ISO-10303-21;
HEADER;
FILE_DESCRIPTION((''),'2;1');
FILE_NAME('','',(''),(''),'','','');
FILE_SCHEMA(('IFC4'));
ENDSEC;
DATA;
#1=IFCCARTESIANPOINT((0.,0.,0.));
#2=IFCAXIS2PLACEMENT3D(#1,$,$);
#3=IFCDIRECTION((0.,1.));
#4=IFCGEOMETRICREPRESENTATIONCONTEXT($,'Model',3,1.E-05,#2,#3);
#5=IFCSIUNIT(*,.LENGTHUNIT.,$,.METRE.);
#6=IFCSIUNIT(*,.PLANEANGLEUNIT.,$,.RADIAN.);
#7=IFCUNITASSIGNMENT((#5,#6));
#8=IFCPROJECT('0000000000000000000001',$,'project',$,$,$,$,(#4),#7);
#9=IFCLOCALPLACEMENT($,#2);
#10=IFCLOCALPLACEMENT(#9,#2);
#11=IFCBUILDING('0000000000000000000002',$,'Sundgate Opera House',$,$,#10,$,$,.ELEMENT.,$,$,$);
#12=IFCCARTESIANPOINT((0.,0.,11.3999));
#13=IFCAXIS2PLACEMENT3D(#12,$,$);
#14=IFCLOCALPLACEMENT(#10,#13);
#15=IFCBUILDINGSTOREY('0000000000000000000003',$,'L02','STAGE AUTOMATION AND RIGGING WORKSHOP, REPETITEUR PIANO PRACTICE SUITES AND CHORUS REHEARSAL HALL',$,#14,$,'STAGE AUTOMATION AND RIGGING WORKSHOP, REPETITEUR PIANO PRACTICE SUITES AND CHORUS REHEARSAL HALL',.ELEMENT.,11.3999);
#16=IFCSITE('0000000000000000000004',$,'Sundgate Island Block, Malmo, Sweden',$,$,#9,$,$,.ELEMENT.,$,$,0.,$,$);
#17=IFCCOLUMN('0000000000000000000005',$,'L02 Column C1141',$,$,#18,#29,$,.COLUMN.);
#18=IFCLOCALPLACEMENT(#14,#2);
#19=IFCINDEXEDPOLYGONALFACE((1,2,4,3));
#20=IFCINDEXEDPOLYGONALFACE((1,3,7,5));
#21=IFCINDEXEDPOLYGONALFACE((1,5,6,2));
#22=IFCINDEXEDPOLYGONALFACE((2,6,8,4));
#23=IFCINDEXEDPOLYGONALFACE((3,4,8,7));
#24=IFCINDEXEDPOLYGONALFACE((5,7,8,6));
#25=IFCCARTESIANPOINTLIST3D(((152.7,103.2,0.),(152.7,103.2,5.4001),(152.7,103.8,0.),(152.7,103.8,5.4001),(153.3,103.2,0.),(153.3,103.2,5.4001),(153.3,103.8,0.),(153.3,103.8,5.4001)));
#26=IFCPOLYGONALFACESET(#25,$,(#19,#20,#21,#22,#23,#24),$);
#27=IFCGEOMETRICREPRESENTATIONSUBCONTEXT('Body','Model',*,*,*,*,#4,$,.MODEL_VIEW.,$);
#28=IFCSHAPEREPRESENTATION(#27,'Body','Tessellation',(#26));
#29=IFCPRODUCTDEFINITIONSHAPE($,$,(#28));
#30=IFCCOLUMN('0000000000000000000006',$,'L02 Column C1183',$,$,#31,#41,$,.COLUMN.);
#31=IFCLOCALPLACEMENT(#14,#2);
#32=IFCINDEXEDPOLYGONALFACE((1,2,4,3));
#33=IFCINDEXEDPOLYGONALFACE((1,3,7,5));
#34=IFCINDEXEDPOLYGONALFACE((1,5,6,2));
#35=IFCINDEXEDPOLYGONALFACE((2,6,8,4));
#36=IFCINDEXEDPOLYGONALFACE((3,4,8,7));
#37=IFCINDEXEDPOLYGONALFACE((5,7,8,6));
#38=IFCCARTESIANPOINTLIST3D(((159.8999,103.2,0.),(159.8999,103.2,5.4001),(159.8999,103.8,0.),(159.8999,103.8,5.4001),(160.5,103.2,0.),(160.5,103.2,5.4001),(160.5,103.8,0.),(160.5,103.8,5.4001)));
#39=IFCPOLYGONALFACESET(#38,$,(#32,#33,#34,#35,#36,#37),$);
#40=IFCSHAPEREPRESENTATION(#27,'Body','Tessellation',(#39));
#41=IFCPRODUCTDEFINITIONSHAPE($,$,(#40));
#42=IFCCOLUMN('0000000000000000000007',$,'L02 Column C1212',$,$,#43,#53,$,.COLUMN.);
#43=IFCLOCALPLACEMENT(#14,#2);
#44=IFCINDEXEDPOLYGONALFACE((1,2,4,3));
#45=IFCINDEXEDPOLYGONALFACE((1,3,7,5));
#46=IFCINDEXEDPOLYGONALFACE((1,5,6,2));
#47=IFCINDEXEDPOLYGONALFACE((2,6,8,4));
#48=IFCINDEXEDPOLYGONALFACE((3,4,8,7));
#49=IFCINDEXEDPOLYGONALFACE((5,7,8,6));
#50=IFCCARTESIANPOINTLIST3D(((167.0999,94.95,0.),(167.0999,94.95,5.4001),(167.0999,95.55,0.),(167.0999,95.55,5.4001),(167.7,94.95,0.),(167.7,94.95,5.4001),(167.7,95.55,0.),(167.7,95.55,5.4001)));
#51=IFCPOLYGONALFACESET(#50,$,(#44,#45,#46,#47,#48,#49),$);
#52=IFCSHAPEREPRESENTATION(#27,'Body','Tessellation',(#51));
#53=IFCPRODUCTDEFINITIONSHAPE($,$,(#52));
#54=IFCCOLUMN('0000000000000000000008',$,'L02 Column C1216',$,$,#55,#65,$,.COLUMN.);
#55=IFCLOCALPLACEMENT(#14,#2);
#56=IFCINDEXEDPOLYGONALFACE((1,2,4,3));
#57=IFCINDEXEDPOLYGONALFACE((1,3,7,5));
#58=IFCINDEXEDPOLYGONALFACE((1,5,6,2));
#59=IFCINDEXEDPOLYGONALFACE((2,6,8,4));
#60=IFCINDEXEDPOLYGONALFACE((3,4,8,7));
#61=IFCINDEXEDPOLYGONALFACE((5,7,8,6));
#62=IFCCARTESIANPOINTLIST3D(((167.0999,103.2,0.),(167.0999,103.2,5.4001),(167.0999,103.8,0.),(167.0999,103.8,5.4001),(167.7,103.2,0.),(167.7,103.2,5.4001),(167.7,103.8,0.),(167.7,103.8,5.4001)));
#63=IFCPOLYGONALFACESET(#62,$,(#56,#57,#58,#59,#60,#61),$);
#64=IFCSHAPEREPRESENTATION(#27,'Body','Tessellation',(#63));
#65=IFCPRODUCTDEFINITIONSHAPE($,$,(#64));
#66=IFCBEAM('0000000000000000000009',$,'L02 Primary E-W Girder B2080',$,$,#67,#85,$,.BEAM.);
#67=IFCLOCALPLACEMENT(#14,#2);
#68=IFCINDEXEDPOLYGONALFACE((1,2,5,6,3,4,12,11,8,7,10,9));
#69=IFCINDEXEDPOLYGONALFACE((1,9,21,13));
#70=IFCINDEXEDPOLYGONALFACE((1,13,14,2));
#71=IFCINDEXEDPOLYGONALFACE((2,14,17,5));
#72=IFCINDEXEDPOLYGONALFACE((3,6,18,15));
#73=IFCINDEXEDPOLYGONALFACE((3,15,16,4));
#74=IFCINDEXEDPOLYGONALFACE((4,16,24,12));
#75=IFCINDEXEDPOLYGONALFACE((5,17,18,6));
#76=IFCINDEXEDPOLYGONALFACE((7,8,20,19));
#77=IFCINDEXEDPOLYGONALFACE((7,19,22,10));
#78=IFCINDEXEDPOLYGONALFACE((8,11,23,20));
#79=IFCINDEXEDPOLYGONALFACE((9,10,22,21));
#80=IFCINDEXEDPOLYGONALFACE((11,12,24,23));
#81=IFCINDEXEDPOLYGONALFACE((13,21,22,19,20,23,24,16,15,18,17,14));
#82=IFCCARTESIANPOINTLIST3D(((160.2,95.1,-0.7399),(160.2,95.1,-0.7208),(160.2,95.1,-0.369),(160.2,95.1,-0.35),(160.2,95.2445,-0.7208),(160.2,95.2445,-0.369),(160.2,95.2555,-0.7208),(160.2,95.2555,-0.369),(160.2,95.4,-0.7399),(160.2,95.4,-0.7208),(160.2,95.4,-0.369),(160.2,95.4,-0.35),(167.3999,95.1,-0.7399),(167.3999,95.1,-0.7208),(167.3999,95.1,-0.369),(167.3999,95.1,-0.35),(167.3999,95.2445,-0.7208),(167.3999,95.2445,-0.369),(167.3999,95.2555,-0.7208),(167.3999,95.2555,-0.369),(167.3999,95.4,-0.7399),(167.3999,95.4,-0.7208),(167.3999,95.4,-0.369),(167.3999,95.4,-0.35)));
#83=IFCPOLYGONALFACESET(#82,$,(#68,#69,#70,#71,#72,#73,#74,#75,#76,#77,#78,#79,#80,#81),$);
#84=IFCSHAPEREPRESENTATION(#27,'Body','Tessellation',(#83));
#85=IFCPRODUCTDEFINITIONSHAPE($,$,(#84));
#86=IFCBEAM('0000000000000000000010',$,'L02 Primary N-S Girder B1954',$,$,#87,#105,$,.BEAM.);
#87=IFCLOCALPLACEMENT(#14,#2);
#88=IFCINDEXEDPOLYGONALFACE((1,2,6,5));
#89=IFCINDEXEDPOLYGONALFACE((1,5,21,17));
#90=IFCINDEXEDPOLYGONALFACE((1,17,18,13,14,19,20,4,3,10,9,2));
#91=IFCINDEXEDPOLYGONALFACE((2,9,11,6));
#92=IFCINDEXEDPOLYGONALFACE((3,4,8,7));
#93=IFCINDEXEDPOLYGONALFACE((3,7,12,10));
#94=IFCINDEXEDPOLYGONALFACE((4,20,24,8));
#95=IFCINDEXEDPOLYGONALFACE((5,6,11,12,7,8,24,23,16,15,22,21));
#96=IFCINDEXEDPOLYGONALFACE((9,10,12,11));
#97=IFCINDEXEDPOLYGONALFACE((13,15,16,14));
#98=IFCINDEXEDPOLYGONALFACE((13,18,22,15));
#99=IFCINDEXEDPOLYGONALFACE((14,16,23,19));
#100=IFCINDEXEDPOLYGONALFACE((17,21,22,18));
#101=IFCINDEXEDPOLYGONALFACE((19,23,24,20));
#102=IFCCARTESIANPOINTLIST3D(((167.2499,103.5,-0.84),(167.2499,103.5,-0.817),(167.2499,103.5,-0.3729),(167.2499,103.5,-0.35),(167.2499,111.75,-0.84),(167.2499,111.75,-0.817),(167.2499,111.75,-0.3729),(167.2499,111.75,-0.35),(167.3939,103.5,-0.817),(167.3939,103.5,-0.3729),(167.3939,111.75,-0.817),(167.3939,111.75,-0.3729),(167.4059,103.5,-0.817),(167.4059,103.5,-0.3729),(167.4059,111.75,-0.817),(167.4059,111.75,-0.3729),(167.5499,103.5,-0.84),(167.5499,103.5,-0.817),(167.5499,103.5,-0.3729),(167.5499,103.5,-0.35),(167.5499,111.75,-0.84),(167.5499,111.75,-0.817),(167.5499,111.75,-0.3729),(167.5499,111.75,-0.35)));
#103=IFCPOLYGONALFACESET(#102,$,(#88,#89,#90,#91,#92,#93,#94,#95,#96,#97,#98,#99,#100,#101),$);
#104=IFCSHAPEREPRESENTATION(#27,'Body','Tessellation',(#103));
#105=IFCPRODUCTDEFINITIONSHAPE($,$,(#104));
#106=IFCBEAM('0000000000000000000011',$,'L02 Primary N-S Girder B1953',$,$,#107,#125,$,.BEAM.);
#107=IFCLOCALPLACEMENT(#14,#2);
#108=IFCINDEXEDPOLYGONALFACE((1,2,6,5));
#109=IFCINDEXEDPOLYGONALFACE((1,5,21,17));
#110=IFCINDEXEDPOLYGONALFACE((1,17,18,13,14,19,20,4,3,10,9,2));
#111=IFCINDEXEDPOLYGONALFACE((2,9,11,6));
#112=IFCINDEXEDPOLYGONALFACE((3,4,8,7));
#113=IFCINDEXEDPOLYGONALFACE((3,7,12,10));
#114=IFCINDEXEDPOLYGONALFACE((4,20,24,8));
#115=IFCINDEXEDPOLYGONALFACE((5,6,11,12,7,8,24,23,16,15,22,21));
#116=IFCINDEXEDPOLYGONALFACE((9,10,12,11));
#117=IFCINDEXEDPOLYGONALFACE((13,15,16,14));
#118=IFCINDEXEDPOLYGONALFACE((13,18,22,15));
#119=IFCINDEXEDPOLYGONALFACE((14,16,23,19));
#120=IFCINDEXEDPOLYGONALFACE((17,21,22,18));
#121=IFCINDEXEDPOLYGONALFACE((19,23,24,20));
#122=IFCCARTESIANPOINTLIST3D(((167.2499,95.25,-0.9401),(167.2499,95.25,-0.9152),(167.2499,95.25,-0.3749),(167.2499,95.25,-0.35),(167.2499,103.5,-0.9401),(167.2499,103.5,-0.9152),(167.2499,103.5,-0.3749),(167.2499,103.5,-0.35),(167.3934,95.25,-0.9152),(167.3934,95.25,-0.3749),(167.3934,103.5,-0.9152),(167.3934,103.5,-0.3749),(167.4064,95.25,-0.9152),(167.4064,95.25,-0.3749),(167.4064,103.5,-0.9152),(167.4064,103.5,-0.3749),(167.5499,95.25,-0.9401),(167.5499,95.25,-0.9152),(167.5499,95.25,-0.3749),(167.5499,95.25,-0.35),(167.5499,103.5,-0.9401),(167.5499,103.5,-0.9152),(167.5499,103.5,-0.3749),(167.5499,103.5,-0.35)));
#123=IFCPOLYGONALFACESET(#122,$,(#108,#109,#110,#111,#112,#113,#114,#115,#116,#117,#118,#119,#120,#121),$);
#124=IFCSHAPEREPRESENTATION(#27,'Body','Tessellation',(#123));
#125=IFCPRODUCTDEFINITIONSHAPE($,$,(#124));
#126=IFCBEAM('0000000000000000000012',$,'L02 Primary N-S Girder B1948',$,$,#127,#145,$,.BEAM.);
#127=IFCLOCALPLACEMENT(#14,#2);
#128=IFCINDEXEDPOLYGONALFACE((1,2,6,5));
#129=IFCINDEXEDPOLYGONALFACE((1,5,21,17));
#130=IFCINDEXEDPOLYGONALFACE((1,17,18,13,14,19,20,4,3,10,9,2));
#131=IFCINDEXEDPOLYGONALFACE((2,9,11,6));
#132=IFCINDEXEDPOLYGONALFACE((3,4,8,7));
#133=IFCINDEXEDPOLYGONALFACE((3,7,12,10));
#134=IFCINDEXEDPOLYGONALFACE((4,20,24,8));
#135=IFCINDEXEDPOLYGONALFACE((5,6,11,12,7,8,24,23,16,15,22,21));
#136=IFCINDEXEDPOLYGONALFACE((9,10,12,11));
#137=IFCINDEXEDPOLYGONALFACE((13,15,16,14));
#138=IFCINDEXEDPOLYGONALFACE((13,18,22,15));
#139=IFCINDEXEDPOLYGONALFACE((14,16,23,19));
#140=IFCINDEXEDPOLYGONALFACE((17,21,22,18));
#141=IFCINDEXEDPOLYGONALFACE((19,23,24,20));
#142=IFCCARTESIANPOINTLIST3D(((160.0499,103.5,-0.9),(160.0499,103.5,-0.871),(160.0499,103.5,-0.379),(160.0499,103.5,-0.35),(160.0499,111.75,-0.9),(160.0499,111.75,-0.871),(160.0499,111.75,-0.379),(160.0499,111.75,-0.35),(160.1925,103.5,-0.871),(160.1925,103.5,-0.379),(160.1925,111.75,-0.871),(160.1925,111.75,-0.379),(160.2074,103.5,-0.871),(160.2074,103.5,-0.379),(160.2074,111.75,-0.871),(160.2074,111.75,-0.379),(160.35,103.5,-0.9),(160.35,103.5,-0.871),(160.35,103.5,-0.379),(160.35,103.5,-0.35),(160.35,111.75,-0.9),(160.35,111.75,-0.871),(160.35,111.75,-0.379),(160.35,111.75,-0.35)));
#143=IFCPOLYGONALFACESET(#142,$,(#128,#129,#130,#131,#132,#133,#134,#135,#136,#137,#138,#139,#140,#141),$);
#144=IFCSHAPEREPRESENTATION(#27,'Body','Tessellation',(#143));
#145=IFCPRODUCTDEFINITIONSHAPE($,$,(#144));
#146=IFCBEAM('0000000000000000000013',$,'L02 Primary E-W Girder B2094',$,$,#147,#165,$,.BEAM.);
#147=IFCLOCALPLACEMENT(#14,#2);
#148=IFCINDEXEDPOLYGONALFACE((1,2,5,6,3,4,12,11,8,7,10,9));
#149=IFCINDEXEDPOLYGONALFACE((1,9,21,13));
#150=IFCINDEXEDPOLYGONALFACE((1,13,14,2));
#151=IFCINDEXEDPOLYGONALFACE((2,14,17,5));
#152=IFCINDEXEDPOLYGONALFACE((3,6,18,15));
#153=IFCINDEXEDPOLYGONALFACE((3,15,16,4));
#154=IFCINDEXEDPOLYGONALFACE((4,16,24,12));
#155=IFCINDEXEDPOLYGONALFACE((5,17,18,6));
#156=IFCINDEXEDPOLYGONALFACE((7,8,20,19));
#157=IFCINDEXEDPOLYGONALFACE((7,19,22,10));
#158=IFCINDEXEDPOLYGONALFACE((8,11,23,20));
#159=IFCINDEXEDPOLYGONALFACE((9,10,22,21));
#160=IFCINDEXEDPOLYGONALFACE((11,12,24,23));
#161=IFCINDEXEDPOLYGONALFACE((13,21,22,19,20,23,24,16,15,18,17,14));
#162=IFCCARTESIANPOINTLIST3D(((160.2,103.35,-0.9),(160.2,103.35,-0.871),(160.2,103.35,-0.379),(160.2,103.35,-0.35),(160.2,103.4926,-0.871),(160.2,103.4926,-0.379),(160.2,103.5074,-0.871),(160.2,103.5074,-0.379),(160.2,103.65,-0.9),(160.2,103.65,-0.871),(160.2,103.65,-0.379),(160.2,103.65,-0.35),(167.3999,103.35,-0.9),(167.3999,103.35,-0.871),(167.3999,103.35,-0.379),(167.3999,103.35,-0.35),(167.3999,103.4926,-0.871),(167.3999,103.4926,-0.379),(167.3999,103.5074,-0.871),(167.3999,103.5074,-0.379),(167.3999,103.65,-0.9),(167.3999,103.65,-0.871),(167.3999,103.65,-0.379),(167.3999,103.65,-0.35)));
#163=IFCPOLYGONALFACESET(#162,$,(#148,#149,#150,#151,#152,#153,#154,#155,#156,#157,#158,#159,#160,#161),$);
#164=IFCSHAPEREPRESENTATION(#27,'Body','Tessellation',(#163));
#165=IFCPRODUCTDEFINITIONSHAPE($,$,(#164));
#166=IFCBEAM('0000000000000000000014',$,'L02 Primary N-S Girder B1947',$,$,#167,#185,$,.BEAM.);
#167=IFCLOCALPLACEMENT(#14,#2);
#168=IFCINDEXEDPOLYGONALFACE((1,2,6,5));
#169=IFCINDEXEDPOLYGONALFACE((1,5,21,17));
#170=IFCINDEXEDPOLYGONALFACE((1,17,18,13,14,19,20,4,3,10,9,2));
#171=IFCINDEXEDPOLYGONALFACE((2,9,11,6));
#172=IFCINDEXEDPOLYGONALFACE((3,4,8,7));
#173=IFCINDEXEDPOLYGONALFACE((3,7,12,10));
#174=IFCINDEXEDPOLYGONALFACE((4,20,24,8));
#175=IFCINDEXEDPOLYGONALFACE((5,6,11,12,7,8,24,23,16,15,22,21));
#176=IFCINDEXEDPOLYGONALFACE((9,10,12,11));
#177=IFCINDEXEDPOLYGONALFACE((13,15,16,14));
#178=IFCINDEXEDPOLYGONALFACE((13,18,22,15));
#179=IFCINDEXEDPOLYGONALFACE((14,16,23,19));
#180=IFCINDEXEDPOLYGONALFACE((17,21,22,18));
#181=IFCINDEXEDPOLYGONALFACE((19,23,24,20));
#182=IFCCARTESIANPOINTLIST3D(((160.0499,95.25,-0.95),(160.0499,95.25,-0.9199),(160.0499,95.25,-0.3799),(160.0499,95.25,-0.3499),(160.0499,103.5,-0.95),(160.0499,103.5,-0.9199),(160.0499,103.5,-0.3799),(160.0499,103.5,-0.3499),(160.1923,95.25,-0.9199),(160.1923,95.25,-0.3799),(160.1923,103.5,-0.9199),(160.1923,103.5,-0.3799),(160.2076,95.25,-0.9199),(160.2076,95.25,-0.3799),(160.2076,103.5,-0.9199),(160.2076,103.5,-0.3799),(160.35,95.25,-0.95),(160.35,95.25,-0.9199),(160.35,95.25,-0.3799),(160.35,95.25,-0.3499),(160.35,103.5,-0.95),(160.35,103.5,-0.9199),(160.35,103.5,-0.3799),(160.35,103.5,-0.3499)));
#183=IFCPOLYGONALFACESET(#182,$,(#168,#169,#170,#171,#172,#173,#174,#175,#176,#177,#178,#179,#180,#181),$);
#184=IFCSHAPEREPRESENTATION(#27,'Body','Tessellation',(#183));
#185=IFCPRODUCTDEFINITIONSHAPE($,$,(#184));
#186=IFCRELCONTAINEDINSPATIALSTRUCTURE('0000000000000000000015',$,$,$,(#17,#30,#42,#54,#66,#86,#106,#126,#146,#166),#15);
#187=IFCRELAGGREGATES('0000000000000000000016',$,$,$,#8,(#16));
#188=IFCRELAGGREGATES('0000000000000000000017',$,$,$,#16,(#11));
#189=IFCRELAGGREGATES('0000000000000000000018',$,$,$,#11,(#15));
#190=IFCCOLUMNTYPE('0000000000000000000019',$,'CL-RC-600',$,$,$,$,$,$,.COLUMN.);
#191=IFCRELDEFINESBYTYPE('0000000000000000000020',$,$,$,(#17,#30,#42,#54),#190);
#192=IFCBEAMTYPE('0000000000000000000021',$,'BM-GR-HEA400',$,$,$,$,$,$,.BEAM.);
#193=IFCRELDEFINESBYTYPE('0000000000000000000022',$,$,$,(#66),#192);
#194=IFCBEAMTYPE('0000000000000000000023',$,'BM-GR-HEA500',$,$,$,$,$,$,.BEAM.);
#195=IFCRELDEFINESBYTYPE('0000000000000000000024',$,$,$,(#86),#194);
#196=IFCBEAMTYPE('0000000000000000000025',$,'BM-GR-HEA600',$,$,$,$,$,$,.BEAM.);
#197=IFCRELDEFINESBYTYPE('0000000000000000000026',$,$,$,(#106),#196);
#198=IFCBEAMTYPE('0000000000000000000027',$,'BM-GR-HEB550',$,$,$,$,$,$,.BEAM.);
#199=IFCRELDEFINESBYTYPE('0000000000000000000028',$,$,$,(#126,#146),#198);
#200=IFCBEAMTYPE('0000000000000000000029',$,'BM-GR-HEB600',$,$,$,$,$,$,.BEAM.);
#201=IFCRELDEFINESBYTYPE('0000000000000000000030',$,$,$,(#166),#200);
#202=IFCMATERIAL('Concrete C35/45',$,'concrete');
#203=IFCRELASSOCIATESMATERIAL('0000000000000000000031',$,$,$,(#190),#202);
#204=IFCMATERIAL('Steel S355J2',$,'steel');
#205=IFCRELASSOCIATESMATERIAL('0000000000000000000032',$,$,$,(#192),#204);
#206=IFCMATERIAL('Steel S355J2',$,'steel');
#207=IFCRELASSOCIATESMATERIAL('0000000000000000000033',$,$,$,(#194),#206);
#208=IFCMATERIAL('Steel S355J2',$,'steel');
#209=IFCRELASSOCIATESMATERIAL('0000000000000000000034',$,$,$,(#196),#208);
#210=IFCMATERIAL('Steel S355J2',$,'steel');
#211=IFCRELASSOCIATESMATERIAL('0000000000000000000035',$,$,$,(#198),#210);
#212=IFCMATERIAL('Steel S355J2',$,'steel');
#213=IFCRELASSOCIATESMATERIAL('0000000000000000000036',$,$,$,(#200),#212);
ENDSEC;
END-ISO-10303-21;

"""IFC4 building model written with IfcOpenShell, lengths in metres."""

from ifc_helpers import new_model, si_unit, direction, frame, origin, origin_2d, place, context, subcontext, project, spatial, rectangle, i_section, extrude, material, material_profile, profile_set, type_object, element, save


model = new_model("IFC4")

# Units and contexts
model_context = context("Model", 3, precision=1e-05, world=origin(), true_north=direction((0.0, 1.0)))
body_context = subcontext(model_context, "Body", "Model", "MODEL_VIEW")
ifc_project = project(units=[si_unit("LENGTHUNIT", "METRE"), si_unit("PLANEANGLEUNIT", "RADIAN")], contexts=[model_context])

# Site, building, storey
site_placement = place(None, origin())
site = spatial("IfcSite", under=ifc_project, at=site_placement, Name="Sundgate Island Block, Malmo, Sweden", CompositionType="ELEMENT", RefElevation=0.0)
building_placement = place(site_placement, origin())
building = spatial("IfcBuilding", under=site, at=building_placement, Name="Sundgate Opera House", CompositionType="ELEMENT")
storey_placement = place(building_placement, frame((0.0, 0.0, 11.3999)))
storey = spatial("IfcBuildingStorey", under=building, at=storey_placement, Name="L02", Description="STAGE AUTOMATION AND RIGGING WORKSHOP, REPETITEUR PIANO PRACTICE SUITES AND CHORUS REHEARSAL HALL", LongName="STAGE AUTOMATION AND RIGGING WORKSHOP, REPETITEUR PIANO PRACTICE SUITES AND CHORUS REHEARSAL HALL", CompositionType="ELEMENT", Elevation=11.3999)

# Columns
ifc_material_1 = material(Name="Concrete C35/45", Category="concrete")
ifc_material_profile_1 = material_profile(ifc_material_1, rectangle(XDim=0.6001, YDim=0.6001, at=origin_2d()), Name="RC 600x600")
ifc_profile_set_1 = profile_set([ifc_material_profile_1], Name="Concrete C35/45")
column_type = type_object("IfcColumnType", Name="CL-RC-600", PredefinedType="COLUMN", material=ifc_profile_set_1)
for number, where, z_axis, x_axis, name in (
    (1, (153.0, 103.5, 0.0), (0.0, 0.0, 1.0), (1.0, 0.0, 0.0), "L02 Column C1141"),
    (2, (160.2, 103.5, 0.0), (0.0, 0.0, 1.0), (1.0, 0.0, 0.0), "L02 Column C1183"),
    (3, (167.3999, 95.25, 0.0), (0.0, 0.0, 1.0), (1.0, 0.0, 0.0), "L02 Column C1212"),
    (4, (167.3999, 103.5, 0.0), (0.0, 0.0, 1.0), (1.0, 0.0, 0.0), "L02 Column C1216"),
):
    element("IfcColumn", number, at=place(storey_placement, frame(where, z_axis=z_axis, x_axis=x_axis)), inside=storey, type_object=column_type, Name=name, PredefinedType="COLUMN", context=body_context, shape_type="SweptSolid", body=[
        extrude(rectangle(XDim=0.6001, YDim=0.6001, at=origin_2d()), origin(), (0.0, 0.0, 1.0), 5.4001),
    ])

# Beams
ifc_material_2 = material(Name="Steel S355J2", Category="steel")
ifc_material_profile_2 = material_profile(ifc_material_2, i_section(OverallWidth=0.3, OverallDepth=0.3899, WebThickness=0.011, FlangeThickness=0.019, at=origin_2d()), Name="HEA 400")
ifc_profile_set_2 = profile_set([ifc_material_profile_2], Name="Steel S355J2")
beam_type_1 = type_object("IfcBeamType", Name="BM-GR-HEA400", PredefinedType="BEAM", material=ifc_profile_set_2)
beam_1_placement = place(storey_placement, frame((160.2, 95.25, -0.5449), z_axis=(1.0, 0.0, 0.0), x_axis=(0.0, 1.0, 0.0)))
element("IfcBeam", 5, at=beam_1_placement, inside=storey, type_object=beam_type_1, Name="L02 Primary E-W Girder B2080", PredefinedType="BEAM", context=body_context, shape_type="SweptSolid", body=[
    extrude(i_section(OverallWidth=0.3, OverallDepth=0.3899, WebThickness=0.011, FlangeThickness=0.019, at=origin_2d()), origin(), (0.0, 0.0, 1.0), 7.2),
])
ifc_material_3 = material(Name="Steel S355J2", Category="steel")
ifc_material_profile_3 = material_profile(ifc_material_3, i_section(OverallWidth=0.3, OverallDepth=0.49, WebThickness=0.012, FlangeThickness=0.0229, at=origin_2d()), Name="HEA 500")
ifc_profile_set_3 = profile_set([ifc_material_profile_3], Name="Steel S355J2")
beam_type_2 = type_object("IfcBeamType", Name="BM-GR-HEA500", PredefinedType="BEAM", material=ifc_profile_set_3)
beam_2_placement = place(storey_placement, frame((167.3999, 103.5, -0.595), z_axis=(0.0, 1.0, 0.0), x_axis=(-1.0, 0.0, 0.0)))
element("IfcBeam", 6, at=beam_2_placement, inside=storey, type_object=beam_type_2, Name="L02 Primary N-S Girder B1954", PredefinedType="BEAM", context=body_context, shape_type="SweptSolid", body=[
    extrude(i_section(OverallWidth=0.3, OverallDepth=0.49, WebThickness=0.012, FlangeThickness=0.0229, at=origin_2d()), origin(), (0.0, 0.0, 1.0), 8.25),
])
ifc_material_4 = material(Name="Steel S355J2", Category="steel")
ifc_material_profile_4 = material_profile(ifc_material_4, i_section(OverallWidth=0.3, OverallDepth=0.5901, WebThickness=0.0129, FlangeThickness=0.0249, at=origin_2d()), Name="HEA 600")
ifc_profile_set_4 = profile_set([ifc_material_profile_4], Name="Steel S355J2")
beam_type_3 = type_object("IfcBeamType", Name="BM-GR-HEA600", PredefinedType="BEAM", material=ifc_profile_set_4)
beam_3_placement = place(storey_placement, frame((167.3999, 95.25, -0.645), z_axis=(0.0, 1.0, 0.0), x_axis=(-1.0, 0.0, 0.0)))
element("IfcBeam", 7, at=beam_3_placement, inside=storey, type_object=beam_type_3, Name="L02 Primary N-S Girder B1953", PredefinedType="BEAM", context=body_context, shape_type="SweptSolid", body=[
    extrude(i_section(OverallWidth=0.3, OverallDepth=0.5901, WebThickness=0.0129, FlangeThickness=0.0249, at=origin_2d()), origin(), (0.0, 0.0, 1.0), 8.25),
])
ifc_material_5 = material(Name="Steel S355J2", Category="steel")
ifc_material_profile_5 = material_profile(ifc_material_5, i_section(OverallWidth=0.3, OverallDepth=0.55, WebThickness=0.0149, FlangeThickness=0.0291, at=origin_2d()), Name="HEB 550")
ifc_profile_set_5 = profile_set([ifc_material_profile_5], Name="Steel S355J2")
beam_type_4 = type_object("IfcBeamType", Name="BM-GR-HEB550", PredefinedType="BEAM", material=ifc_profile_set_5)
beam_4_placement = place(storey_placement, frame((160.2, 103.5, -0.625), z_axis=(0.0, 1.0, 0.0), x_axis=(-1.0, 0.0, 0.0)))
element("IfcBeam", 8, at=beam_4_placement, inside=storey, type_object=beam_type_4, Name="L02 Primary N-S Girder B1948", PredefinedType="BEAM", context=body_context, shape_type="SweptSolid", body=[
    extrude(i_section(OverallWidth=0.3, OverallDepth=0.55, WebThickness=0.0149, FlangeThickness=0.0291, at=origin_2d()), origin(), (0.0, 0.0, 1.0), 8.25),
])
beam_5_placement = place(storey_placement, frame((160.2, 103.5, -0.625), z_axis=(1.0, 0.0, 0.0), x_axis=(0.0, 1.0, 0.0)))
element("IfcBeam", 9, at=beam_5_placement, inside=storey, type_object=beam_type_4, Name="L02 Primary E-W Girder B2094", PredefinedType="BEAM", context=body_context, shape_type="SweptSolid", body=[
    extrude(i_section(OverallWidth=0.3, OverallDepth=0.55, WebThickness=0.0149, FlangeThickness=0.0291, at=origin_2d()), origin(), (0.0, 0.0, 1.0), 7.2),
])
ifc_material_6 = material(Name="Steel S355J2", Category="steel")
ifc_material_profile_6 = material_profile(ifc_material_6, i_section(OverallWidth=0.3, OverallDepth=0.6001, WebThickness=0.0154, FlangeThickness=0.03, at=origin_2d()), Name="HEB 600")
ifc_profile_set_6 = profile_set([ifc_material_profile_6], Name="Steel S355J2")
beam_type_5 = type_object("IfcBeamType", Name="BM-GR-HEB600", PredefinedType="BEAM", material=ifc_profile_set_6)
beam_6_placement = place(storey_placement, frame((160.2, 95.25, -0.6499), z_axis=(0.0, 1.0, 0.0), x_axis=(-1.0, 0.0, 0.0)))
element("IfcBeam", 10, at=beam_6_placement, inside=storey, type_object=beam_type_5, Name="L02 Primary N-S Girder B1947", PredefinedType="BEAM", context=body_context, shape_type="SweptSolid", body=[
    extrude(i_section(OverallWidth=0.3, OverallDepth=0.6001, WebThickness=0.0154, FlangeThickness=0.03, at=origin_2d()), origin(), (0.0, 0.0, 1.0), 8.25),
])

save(model, "model.ifc")
